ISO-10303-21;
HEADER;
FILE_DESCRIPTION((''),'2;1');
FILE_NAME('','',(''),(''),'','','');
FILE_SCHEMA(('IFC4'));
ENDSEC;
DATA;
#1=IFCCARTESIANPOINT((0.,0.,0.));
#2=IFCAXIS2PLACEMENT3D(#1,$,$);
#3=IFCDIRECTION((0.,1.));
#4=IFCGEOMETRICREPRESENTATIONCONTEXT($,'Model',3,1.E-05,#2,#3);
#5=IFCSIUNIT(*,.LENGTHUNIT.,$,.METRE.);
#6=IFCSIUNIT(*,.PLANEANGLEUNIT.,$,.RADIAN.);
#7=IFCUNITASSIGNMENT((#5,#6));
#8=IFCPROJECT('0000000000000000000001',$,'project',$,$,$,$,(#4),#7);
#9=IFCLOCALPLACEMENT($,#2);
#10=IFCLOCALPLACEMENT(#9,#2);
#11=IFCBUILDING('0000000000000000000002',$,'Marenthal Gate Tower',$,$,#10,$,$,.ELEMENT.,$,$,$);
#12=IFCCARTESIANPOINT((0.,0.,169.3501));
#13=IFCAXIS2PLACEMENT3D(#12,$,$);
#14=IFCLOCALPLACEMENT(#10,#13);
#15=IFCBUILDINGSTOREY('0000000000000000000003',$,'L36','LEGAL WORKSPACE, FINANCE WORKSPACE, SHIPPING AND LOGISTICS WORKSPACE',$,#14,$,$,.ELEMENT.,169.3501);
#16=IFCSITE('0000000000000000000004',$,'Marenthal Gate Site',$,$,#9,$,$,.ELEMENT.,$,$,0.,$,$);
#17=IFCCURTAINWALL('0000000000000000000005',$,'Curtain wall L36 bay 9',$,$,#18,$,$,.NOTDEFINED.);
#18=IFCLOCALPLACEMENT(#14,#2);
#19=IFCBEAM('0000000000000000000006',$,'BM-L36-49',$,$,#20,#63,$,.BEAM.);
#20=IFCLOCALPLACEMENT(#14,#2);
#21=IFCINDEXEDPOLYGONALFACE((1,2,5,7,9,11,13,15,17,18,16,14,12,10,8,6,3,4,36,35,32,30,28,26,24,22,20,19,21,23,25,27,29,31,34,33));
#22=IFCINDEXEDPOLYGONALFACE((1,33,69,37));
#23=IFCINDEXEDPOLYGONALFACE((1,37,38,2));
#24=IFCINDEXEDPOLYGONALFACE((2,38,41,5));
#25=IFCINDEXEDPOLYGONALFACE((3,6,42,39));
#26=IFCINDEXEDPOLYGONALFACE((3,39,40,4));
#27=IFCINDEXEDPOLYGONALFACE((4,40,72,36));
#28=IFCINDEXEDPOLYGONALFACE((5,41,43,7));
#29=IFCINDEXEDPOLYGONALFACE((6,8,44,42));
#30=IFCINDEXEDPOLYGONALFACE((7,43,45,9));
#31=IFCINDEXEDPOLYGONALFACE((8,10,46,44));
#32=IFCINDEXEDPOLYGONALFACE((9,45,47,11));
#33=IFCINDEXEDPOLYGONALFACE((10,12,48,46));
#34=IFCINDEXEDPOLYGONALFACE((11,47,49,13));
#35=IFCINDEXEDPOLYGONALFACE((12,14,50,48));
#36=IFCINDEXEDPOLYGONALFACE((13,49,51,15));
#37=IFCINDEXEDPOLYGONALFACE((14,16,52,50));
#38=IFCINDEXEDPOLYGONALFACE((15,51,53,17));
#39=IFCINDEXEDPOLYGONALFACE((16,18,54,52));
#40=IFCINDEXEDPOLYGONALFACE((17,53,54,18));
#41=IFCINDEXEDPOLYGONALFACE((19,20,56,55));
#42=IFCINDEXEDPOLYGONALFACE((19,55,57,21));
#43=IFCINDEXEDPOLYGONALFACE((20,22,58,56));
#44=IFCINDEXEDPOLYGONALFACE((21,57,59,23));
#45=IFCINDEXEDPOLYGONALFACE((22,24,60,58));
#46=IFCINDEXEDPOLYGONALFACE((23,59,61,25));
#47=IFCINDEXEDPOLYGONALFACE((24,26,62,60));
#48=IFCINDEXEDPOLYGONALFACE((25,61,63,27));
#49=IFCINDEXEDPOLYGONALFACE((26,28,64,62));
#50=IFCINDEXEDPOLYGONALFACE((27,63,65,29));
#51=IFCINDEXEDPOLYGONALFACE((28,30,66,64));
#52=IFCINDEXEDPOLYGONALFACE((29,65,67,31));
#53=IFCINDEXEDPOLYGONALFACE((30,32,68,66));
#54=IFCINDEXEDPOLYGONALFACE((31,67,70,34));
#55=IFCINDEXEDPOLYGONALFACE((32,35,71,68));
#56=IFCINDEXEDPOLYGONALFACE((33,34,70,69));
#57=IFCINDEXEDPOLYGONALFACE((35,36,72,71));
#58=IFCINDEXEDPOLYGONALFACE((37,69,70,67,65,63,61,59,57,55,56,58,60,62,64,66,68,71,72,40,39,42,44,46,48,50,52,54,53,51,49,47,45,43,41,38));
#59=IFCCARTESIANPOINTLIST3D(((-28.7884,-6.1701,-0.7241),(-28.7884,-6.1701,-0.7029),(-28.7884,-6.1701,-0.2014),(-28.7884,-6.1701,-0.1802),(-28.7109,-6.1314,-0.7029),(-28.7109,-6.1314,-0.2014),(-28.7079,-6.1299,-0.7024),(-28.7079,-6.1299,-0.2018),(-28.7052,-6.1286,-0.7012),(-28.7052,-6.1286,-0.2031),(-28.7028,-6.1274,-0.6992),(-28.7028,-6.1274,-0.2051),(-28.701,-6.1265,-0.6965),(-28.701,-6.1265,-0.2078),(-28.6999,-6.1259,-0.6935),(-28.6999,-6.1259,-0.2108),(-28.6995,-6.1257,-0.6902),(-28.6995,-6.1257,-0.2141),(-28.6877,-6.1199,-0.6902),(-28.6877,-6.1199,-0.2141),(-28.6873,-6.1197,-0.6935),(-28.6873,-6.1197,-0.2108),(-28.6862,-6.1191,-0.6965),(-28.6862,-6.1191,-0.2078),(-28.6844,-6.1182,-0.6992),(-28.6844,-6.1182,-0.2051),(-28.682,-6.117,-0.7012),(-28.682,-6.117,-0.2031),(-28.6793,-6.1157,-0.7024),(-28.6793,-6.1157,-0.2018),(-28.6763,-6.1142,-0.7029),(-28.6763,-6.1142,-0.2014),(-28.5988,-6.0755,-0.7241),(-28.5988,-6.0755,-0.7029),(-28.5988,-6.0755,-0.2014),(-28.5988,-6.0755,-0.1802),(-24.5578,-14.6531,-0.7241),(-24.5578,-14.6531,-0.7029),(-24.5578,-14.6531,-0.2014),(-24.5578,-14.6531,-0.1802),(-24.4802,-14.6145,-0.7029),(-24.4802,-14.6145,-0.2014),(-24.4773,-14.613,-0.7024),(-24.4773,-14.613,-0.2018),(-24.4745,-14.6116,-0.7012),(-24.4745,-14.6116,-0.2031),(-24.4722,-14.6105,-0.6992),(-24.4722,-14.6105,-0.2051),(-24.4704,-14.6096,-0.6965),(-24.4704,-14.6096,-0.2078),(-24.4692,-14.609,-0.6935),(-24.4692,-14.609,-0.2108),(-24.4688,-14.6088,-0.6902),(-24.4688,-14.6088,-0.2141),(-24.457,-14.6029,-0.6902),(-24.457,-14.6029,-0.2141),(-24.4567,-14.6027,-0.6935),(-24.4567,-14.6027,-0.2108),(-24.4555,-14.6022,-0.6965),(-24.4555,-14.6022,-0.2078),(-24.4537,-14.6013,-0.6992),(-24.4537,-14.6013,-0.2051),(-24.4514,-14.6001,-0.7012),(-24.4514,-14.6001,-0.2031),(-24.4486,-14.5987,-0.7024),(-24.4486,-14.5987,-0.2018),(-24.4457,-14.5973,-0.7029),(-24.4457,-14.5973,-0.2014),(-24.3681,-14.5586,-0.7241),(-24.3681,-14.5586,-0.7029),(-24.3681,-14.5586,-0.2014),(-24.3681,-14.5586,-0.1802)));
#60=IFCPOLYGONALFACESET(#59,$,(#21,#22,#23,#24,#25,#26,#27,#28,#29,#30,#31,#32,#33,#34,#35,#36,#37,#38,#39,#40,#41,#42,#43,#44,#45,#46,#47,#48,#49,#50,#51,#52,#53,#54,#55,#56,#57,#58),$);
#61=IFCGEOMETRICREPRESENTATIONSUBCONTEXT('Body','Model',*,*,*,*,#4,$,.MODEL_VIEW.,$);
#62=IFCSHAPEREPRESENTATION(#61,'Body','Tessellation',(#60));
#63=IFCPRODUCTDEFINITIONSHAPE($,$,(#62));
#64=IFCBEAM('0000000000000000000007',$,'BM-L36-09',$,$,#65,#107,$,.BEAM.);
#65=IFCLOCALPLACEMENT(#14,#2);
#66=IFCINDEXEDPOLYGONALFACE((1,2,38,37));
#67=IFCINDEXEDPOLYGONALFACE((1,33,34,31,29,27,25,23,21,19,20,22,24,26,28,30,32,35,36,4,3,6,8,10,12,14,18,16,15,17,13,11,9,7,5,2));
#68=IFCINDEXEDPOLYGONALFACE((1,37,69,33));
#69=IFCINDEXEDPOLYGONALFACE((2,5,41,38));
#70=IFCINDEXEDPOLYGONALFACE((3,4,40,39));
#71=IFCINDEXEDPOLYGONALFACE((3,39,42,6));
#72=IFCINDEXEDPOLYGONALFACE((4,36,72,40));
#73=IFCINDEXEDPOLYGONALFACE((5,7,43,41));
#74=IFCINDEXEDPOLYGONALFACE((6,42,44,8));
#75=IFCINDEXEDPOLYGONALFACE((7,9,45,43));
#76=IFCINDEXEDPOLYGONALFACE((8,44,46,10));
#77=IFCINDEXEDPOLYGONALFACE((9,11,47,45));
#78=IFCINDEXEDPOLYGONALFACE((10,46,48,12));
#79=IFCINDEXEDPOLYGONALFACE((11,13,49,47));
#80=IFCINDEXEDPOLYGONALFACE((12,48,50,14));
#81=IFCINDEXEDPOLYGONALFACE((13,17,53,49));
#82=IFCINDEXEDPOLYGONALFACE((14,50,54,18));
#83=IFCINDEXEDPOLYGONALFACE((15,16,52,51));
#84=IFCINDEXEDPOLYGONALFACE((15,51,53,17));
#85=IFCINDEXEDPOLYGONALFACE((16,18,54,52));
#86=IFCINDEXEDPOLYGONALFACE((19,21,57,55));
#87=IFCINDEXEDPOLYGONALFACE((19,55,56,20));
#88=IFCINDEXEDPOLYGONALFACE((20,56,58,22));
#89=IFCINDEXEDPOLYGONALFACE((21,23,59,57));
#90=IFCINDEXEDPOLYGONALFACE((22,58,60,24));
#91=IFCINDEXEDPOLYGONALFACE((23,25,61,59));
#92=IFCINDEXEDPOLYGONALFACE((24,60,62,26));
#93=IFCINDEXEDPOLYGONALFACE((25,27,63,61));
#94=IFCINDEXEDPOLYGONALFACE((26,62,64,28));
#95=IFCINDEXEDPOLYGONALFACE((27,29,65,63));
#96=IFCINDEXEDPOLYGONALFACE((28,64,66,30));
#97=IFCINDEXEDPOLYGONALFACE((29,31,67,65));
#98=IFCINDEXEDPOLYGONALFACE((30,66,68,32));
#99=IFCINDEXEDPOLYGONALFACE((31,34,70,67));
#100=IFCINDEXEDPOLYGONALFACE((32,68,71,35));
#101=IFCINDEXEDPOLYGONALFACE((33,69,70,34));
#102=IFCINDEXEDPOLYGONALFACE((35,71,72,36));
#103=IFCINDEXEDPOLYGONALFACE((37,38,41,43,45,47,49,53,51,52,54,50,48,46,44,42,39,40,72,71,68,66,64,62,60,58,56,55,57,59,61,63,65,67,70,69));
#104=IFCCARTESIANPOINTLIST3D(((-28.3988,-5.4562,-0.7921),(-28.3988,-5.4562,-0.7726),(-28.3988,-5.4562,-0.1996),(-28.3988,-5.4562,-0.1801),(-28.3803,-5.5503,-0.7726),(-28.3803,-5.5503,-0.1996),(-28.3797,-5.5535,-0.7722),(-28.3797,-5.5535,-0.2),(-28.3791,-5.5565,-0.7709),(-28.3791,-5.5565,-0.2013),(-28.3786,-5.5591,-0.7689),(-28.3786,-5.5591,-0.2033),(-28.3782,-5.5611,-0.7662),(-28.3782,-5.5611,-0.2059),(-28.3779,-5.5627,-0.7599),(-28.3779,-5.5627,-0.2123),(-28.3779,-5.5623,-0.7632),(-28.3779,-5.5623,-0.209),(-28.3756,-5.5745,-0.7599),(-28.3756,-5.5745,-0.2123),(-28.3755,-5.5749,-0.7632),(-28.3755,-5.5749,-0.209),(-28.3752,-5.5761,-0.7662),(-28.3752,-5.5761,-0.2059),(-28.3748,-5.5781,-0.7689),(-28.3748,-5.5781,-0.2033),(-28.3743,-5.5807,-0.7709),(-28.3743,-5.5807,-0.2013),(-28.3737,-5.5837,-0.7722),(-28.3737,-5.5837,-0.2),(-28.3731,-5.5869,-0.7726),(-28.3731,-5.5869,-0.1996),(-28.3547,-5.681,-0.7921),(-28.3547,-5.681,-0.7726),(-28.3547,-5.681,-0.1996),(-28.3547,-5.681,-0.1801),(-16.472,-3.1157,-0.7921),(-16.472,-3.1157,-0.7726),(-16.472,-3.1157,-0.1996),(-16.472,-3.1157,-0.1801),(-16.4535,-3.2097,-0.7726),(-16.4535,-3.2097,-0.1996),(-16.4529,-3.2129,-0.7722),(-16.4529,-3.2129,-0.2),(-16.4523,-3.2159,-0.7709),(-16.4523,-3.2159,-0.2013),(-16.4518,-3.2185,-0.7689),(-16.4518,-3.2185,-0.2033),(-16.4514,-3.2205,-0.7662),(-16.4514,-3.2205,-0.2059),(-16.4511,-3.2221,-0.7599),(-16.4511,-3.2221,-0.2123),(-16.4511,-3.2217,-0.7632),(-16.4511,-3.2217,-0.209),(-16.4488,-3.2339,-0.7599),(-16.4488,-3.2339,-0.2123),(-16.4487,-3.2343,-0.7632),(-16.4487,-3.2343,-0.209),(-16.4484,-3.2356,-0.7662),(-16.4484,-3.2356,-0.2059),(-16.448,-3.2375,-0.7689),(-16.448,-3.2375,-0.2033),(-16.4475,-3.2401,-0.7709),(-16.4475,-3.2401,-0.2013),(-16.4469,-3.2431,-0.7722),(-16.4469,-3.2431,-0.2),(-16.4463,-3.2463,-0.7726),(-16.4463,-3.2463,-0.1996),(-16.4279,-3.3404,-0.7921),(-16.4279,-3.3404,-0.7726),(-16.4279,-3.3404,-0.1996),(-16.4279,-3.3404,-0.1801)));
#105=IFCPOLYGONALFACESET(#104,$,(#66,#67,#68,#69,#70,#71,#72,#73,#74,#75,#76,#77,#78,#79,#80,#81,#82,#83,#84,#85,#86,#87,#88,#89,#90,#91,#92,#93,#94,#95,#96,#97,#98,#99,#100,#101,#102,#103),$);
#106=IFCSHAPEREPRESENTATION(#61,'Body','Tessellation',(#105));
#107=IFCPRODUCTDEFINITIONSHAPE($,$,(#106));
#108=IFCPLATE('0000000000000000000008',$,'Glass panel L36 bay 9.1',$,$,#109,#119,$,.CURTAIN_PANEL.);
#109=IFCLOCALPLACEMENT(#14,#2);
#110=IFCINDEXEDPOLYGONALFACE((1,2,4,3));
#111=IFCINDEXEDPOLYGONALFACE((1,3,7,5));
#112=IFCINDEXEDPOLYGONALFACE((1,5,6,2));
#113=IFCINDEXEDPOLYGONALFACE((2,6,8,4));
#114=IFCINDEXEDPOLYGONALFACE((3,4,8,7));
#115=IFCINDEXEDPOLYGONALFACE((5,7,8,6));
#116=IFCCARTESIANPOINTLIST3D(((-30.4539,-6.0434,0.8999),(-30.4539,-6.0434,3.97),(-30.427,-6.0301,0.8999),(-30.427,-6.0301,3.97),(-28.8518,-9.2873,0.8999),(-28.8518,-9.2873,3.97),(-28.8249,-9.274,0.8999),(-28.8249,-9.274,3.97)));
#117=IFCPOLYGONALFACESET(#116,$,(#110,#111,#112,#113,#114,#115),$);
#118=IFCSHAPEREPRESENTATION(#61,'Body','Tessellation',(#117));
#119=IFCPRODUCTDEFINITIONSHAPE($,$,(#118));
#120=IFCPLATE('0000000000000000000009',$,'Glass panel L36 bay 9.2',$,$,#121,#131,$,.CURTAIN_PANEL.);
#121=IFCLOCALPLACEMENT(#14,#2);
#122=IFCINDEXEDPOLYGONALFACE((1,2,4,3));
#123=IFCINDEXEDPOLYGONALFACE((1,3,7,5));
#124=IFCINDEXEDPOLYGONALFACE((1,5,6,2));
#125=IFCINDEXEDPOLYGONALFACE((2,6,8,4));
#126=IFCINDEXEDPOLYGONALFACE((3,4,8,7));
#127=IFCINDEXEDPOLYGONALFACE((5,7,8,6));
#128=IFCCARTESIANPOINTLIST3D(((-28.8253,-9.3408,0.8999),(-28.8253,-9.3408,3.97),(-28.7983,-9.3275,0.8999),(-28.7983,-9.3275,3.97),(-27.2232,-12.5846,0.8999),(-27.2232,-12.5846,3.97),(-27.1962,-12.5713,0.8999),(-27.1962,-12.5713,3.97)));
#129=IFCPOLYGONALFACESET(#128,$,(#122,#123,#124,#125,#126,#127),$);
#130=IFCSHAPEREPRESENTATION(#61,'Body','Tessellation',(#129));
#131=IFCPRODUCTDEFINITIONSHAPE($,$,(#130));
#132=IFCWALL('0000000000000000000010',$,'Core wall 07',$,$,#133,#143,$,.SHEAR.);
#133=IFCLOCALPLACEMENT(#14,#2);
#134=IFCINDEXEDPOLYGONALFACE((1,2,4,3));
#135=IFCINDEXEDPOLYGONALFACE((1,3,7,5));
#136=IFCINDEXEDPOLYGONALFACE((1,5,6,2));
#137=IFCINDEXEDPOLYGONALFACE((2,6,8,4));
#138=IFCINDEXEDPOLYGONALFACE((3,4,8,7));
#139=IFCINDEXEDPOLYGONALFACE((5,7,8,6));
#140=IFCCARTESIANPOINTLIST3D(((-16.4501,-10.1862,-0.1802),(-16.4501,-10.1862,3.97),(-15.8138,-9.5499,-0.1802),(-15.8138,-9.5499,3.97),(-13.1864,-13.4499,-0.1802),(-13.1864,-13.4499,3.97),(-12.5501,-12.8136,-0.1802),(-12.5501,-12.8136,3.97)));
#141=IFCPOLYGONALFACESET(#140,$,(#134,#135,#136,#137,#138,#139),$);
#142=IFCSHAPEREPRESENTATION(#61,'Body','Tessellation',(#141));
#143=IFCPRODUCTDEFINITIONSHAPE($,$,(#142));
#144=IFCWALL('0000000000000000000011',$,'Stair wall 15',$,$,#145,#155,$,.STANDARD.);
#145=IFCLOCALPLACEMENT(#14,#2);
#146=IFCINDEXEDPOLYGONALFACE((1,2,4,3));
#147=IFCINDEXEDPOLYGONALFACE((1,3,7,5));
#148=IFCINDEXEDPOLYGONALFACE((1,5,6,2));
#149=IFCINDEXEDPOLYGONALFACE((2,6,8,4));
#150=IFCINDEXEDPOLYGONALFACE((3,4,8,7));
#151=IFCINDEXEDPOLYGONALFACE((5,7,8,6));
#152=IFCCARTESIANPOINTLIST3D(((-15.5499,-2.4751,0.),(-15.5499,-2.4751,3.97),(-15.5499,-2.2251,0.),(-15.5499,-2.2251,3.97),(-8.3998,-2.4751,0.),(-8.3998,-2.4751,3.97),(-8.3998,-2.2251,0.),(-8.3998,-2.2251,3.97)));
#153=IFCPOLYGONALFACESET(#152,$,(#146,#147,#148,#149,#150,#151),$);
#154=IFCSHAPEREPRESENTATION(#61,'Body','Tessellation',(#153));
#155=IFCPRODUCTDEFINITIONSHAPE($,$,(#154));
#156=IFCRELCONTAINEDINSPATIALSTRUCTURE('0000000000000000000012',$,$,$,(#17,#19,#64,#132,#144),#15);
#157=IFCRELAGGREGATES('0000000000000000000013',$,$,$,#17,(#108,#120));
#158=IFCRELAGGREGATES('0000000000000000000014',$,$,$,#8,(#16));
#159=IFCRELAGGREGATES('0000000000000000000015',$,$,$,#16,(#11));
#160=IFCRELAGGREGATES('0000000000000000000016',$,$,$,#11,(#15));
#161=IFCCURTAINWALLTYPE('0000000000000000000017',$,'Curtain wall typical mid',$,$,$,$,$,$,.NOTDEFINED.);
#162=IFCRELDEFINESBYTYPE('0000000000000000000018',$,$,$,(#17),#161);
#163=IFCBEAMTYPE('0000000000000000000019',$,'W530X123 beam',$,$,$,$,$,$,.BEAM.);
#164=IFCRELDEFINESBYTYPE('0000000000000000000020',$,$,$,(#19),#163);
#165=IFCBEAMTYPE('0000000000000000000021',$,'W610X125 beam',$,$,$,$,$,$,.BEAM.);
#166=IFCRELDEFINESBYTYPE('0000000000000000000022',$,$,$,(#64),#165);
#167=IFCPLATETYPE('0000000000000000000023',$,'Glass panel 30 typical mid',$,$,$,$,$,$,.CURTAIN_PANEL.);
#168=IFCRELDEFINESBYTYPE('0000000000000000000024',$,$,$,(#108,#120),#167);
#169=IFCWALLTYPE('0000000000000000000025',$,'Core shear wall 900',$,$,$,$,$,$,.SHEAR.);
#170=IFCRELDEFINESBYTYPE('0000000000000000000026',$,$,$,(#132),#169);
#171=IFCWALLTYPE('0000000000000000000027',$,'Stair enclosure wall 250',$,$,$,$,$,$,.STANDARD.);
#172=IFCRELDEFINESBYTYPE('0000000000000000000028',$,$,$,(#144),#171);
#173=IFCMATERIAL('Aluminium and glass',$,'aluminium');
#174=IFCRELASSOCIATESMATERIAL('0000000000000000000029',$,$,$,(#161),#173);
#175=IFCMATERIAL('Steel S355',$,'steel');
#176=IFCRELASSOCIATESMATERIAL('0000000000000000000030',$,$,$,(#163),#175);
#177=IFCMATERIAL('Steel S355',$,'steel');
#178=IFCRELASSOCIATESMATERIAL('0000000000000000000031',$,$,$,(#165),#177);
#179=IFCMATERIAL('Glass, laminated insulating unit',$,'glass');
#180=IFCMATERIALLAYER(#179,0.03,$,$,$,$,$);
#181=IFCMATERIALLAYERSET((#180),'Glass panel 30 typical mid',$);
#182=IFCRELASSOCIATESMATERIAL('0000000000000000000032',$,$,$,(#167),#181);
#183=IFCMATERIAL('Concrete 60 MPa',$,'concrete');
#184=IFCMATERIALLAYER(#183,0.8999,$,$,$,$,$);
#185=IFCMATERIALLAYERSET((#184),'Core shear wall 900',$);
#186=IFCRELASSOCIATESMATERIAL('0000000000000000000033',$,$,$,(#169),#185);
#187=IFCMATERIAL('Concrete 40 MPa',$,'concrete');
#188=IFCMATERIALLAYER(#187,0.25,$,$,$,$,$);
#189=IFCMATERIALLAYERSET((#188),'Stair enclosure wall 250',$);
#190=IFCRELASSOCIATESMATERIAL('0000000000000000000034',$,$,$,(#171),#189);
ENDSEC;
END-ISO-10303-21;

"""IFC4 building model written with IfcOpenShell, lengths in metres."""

from ifc_helpers import new_model, si_unit, direction, frame, frame_2d, origin, origin_2d, place, context, subcontext, project, spatial, rectangle, i_section, extrude, material, layer, layer_set, material_profile, profile_set, type_object, element, aggregate, save


model = new_model("IFC4")

# Units and contexts
model_context = context("Model", 3, precision=1e-05, world=origin(), true_north=direction((0.0, 1.0)))
body_context = subcontext(model_context, "Body", "Model", "MODEL_VIEW")
ifc_project = project(units=[si_unit("LENGTHUNIT", "METRE"), si_unit("PLANEANGLEUNIT", "RADIAN")], contexts=[model_context])

# Site, building, storey
site_placement = place(None, origin())
site = spatial("IfcSite", under=ifc_project, at=site_placement, Name="Marenthal Gate Site", CompositionType="ELEMENT", RefElevation=0.0)
building_placement = place(site_placement, origin())
building = spatial("IfcBuilding", under=site, at=building_placement, Name="Marenthal Gate Tower", CompositionType="ELEMENT")
storey_placement = place(building_placement, frame((0.0, 0.0, 169.3501)))
storey = spatial("IfcBuildingStorey", under=building, at=storey_placement, Name="L36", Description="LEGAL WORKSPACE, FINANCE WORKSPACE, SHIPPING AND LOGISTICS WORKSPACE", CompositionType="ELEMENT", Elevation=169.3501)

# Curtain wall
ifc_material_1 = material(Name="Aluminium and glass", Category="aluminium")
curtain_wall_type = type_object("IfcCurtainWallType", Name="Curtain wall typical mid", PredefinedType="NOTDEFINED", material=ifc_material_1)
curtain_wall_placement = place(storey_placement, origin())
curtain_wall = element("IfcCurtainWall", 1, at=curtain_wall_placement, inside=storey, type_object=curtain_wall_type, Name="Curtain wall L36 bay 9", PredefinedType="NOTDEFINED")

# Beams
ifc_material_2 = material(Name="Steel S355", Category="steel")
ifc_material_profile_1 = material_profile(ifc_material_2, i_section(OverallWidth=0.2119, OverallDepth=0.5439, WebThickness=0.0132, FlangeThickness=0.0212, FilletRadius=0.0127, at=origin_2d()), Name="W530X123")
ifc_profile_set_1 = profile_set([ifc_material_profile_1], Name="Steel S355")
beam_type_1 = type_object("IfcBeamType", Name="W530X123 beam", PredefinedType="BEAM", material=ifc_profile_set_1)
beam_1_placement = place(storey_placement, frame((-28.6936, -6.1228, -0.4521), z_axis=(0.446297, -0.894885, 0.0), x_axis=(0.894885, 0.446297, 0.0)))
element("IfcBeam", 2, at=beam_1_placement, inside=storey, type_object=beam_type_1, Name="BM-L36-49", PredefinedType="BEAM", context=body_context, shape_type="SweptSolid", body=[
    extrude(i_section(OverallWidth=0.2119, OverallDepth=0.5439, WebThickness=0.0132, FlangeThickness=0.0212, FilletRadius=0.0127, at=origin_2d()), origin(), (0.0, 0.0, 1.0), 9.4795),
])
ifc_material_3 = material(Name="Steel S355", Category="steel")
ifc_material_profile_2 = material_profile(ifc_material_3, i_section(OverallWidth=0.229, OverallDepth=0.6121, WebThickness=0.012, FlangeThickness=0.0195, FilletRadius=0.0127, at=origin_2d()), Name="W610X125")
ifc_profile_set_2 = profile_set([ifc_material_profile_2], Name="Steel S355")
beam_type_2 = type_object("IfcBeamType", Name="W610X125 beam", PredefinedType="BEAM", material=ifc_profile_set_2)
beam_2_placement = place(storey_placement, frame((-28.3767, -5.5686, -0.4861), z_axis=(0.981283, 0.192573, 0.0), x_axis=(-0.192573, 0.981283, 0.0)))
element("IfcBeam", 3, at=beam_2_placement, inside=storey, type_object=beam_type_2, Name="BM-L36-09", PredefinedType="BEAM", context=body_context, shape_type="SweptSolid", body=[
    extrude(i_section(OverallWidth=0.229, OverallDepth=0.6121, WebThickness=0.012, FlangeThickness=0.0195, FilletRadius=0.0127, at=origin_2d()), origin(), (0.0, 0.0, 1.0), 12.1543),
])

# Plates
ifc_material_4 = material(Name="Glass, laminated insulating unit", Category="glass")
ifc_layer_1 = layer(ifc_material_4, 0.03)
ifc_layer_set_1 = layer_set([ifc_layer_1], Name="Glass panel 30 typical mid")
plate_type = type_object("IfcPlateType", Name="Glass panel 30 typical mid", PredefinedType="CURTAIN_PANEL", material=ifc_layer_set_1)
plate_1_placement = place(storey_placement, frame((-29.6394, -7.6587, 0.8999), z_axis=(0.0, 0.0, 1.0), x_axis=(0.442824, -0.896609, 0.0)))
plate_1 = element("IfcPlate", 4, at=plate_1_placement, type_object=plate_type, Name="Glass panel L36 bay 9.1", PredefinedType="CURTAIN_PANEL", context=body_context, shape_type="SweptSolid", body=[
    extrude(rectangle(XDim=3.6179, YDim=0.03, at=origin_2d()), origin(), (0.0, 0.0, 1.0), 3.0701),
])
plate_2_placement = place(storey_placement, frame((-28.0107, -10.9561, 0.8999), z_axis=(0.0, 0.0, 1.0), x_axis=(0.442824, -0.896609, 0.0)))
plate_2 = element("IfcPlate", 5, at=plate_2_placement, type_object=plate_type, Name="Glass panel L36 bay 9.2", PredefinedType="CURTAIN_PANEL", context=body_context, shape_type="SweptSolid", body=[
    extrude(rectangle(XDim=3.6179, YDim=0.03, at=origin_2d()), origin(), (0.0, 0.0, 1.0), 3.0701),
])
aggregate(curtain_wall, [plate_1, plate_2])

# Walls
ifc_material_5 = material(Name="Concrete 60 MPa", Category="concrete")
ifc_layer_2 = layer(ifc_material_5, 0.8999)
ifc_layer_set_2 = layer_set([ifc_layer_2], Name="Core shear wall 900")
wall_type_1 = type_object("IfcWallType", Name="Core shear wall 900", PredefinedType="SHEAR", material=ifc_layer_set_2)
wall_1_placement = place(storey_placement, frame((-16.1318, -9.8682, -0.1802), z_axis=(0.0, 0.0, 1.0), x_axis=(0.707107, -0.707107, 0.0)))
element("IfcWall", 6, at=wall_1_placement, inside=storey, type_object=wall_type_1, Name="Core wall 07", PredefinedType="SHEAR", context=body_context, shape_type="SweptSolid", body=[
    extrude(rectangle(XDim=4.6155, YDim=0.8999, at=frame_2d((2.3076, 0.0))), origin(), (0.0, 0.0, 1.0), 4.1501),
])
ifc_material_6 = material(Name="Concrete 40 MPa", Category="concrete")
ifc_layer_3 = layer(ifc_material_6, 0.25)
ifc_layer_set_3 = layer_set([ifc_layer_3], Name="Stair enclosure wall 250")
wall_type_2 = type_object("IfcWallType", Name="Stair enclosure wall 250", PredefinedType="STANDARD", material=ifc_layer_set_3)
wall_2_placement = place(storey_placement, frame((-15.55, -2.3501, 0.0), z_axis=(0.0, 0.0, 1.0), x_axis=(1.0, 0.0, 0.0)))
element("IfcWall", 7, at=wall_2_placement, inside=storey, type_object=wall_type_2, Name="Stair wall 15", PredefinedType="STANDARD", context=body_context, shape_type="SweptSolid", body=[
    extrude(rectangle(XDim=7.1501, YDim=0.25, at=frame_2d((3.5752, 0.0))), origin(), (0.0, 0.0, 1.0), 3.97),
])

save(model, "model.ifc")
